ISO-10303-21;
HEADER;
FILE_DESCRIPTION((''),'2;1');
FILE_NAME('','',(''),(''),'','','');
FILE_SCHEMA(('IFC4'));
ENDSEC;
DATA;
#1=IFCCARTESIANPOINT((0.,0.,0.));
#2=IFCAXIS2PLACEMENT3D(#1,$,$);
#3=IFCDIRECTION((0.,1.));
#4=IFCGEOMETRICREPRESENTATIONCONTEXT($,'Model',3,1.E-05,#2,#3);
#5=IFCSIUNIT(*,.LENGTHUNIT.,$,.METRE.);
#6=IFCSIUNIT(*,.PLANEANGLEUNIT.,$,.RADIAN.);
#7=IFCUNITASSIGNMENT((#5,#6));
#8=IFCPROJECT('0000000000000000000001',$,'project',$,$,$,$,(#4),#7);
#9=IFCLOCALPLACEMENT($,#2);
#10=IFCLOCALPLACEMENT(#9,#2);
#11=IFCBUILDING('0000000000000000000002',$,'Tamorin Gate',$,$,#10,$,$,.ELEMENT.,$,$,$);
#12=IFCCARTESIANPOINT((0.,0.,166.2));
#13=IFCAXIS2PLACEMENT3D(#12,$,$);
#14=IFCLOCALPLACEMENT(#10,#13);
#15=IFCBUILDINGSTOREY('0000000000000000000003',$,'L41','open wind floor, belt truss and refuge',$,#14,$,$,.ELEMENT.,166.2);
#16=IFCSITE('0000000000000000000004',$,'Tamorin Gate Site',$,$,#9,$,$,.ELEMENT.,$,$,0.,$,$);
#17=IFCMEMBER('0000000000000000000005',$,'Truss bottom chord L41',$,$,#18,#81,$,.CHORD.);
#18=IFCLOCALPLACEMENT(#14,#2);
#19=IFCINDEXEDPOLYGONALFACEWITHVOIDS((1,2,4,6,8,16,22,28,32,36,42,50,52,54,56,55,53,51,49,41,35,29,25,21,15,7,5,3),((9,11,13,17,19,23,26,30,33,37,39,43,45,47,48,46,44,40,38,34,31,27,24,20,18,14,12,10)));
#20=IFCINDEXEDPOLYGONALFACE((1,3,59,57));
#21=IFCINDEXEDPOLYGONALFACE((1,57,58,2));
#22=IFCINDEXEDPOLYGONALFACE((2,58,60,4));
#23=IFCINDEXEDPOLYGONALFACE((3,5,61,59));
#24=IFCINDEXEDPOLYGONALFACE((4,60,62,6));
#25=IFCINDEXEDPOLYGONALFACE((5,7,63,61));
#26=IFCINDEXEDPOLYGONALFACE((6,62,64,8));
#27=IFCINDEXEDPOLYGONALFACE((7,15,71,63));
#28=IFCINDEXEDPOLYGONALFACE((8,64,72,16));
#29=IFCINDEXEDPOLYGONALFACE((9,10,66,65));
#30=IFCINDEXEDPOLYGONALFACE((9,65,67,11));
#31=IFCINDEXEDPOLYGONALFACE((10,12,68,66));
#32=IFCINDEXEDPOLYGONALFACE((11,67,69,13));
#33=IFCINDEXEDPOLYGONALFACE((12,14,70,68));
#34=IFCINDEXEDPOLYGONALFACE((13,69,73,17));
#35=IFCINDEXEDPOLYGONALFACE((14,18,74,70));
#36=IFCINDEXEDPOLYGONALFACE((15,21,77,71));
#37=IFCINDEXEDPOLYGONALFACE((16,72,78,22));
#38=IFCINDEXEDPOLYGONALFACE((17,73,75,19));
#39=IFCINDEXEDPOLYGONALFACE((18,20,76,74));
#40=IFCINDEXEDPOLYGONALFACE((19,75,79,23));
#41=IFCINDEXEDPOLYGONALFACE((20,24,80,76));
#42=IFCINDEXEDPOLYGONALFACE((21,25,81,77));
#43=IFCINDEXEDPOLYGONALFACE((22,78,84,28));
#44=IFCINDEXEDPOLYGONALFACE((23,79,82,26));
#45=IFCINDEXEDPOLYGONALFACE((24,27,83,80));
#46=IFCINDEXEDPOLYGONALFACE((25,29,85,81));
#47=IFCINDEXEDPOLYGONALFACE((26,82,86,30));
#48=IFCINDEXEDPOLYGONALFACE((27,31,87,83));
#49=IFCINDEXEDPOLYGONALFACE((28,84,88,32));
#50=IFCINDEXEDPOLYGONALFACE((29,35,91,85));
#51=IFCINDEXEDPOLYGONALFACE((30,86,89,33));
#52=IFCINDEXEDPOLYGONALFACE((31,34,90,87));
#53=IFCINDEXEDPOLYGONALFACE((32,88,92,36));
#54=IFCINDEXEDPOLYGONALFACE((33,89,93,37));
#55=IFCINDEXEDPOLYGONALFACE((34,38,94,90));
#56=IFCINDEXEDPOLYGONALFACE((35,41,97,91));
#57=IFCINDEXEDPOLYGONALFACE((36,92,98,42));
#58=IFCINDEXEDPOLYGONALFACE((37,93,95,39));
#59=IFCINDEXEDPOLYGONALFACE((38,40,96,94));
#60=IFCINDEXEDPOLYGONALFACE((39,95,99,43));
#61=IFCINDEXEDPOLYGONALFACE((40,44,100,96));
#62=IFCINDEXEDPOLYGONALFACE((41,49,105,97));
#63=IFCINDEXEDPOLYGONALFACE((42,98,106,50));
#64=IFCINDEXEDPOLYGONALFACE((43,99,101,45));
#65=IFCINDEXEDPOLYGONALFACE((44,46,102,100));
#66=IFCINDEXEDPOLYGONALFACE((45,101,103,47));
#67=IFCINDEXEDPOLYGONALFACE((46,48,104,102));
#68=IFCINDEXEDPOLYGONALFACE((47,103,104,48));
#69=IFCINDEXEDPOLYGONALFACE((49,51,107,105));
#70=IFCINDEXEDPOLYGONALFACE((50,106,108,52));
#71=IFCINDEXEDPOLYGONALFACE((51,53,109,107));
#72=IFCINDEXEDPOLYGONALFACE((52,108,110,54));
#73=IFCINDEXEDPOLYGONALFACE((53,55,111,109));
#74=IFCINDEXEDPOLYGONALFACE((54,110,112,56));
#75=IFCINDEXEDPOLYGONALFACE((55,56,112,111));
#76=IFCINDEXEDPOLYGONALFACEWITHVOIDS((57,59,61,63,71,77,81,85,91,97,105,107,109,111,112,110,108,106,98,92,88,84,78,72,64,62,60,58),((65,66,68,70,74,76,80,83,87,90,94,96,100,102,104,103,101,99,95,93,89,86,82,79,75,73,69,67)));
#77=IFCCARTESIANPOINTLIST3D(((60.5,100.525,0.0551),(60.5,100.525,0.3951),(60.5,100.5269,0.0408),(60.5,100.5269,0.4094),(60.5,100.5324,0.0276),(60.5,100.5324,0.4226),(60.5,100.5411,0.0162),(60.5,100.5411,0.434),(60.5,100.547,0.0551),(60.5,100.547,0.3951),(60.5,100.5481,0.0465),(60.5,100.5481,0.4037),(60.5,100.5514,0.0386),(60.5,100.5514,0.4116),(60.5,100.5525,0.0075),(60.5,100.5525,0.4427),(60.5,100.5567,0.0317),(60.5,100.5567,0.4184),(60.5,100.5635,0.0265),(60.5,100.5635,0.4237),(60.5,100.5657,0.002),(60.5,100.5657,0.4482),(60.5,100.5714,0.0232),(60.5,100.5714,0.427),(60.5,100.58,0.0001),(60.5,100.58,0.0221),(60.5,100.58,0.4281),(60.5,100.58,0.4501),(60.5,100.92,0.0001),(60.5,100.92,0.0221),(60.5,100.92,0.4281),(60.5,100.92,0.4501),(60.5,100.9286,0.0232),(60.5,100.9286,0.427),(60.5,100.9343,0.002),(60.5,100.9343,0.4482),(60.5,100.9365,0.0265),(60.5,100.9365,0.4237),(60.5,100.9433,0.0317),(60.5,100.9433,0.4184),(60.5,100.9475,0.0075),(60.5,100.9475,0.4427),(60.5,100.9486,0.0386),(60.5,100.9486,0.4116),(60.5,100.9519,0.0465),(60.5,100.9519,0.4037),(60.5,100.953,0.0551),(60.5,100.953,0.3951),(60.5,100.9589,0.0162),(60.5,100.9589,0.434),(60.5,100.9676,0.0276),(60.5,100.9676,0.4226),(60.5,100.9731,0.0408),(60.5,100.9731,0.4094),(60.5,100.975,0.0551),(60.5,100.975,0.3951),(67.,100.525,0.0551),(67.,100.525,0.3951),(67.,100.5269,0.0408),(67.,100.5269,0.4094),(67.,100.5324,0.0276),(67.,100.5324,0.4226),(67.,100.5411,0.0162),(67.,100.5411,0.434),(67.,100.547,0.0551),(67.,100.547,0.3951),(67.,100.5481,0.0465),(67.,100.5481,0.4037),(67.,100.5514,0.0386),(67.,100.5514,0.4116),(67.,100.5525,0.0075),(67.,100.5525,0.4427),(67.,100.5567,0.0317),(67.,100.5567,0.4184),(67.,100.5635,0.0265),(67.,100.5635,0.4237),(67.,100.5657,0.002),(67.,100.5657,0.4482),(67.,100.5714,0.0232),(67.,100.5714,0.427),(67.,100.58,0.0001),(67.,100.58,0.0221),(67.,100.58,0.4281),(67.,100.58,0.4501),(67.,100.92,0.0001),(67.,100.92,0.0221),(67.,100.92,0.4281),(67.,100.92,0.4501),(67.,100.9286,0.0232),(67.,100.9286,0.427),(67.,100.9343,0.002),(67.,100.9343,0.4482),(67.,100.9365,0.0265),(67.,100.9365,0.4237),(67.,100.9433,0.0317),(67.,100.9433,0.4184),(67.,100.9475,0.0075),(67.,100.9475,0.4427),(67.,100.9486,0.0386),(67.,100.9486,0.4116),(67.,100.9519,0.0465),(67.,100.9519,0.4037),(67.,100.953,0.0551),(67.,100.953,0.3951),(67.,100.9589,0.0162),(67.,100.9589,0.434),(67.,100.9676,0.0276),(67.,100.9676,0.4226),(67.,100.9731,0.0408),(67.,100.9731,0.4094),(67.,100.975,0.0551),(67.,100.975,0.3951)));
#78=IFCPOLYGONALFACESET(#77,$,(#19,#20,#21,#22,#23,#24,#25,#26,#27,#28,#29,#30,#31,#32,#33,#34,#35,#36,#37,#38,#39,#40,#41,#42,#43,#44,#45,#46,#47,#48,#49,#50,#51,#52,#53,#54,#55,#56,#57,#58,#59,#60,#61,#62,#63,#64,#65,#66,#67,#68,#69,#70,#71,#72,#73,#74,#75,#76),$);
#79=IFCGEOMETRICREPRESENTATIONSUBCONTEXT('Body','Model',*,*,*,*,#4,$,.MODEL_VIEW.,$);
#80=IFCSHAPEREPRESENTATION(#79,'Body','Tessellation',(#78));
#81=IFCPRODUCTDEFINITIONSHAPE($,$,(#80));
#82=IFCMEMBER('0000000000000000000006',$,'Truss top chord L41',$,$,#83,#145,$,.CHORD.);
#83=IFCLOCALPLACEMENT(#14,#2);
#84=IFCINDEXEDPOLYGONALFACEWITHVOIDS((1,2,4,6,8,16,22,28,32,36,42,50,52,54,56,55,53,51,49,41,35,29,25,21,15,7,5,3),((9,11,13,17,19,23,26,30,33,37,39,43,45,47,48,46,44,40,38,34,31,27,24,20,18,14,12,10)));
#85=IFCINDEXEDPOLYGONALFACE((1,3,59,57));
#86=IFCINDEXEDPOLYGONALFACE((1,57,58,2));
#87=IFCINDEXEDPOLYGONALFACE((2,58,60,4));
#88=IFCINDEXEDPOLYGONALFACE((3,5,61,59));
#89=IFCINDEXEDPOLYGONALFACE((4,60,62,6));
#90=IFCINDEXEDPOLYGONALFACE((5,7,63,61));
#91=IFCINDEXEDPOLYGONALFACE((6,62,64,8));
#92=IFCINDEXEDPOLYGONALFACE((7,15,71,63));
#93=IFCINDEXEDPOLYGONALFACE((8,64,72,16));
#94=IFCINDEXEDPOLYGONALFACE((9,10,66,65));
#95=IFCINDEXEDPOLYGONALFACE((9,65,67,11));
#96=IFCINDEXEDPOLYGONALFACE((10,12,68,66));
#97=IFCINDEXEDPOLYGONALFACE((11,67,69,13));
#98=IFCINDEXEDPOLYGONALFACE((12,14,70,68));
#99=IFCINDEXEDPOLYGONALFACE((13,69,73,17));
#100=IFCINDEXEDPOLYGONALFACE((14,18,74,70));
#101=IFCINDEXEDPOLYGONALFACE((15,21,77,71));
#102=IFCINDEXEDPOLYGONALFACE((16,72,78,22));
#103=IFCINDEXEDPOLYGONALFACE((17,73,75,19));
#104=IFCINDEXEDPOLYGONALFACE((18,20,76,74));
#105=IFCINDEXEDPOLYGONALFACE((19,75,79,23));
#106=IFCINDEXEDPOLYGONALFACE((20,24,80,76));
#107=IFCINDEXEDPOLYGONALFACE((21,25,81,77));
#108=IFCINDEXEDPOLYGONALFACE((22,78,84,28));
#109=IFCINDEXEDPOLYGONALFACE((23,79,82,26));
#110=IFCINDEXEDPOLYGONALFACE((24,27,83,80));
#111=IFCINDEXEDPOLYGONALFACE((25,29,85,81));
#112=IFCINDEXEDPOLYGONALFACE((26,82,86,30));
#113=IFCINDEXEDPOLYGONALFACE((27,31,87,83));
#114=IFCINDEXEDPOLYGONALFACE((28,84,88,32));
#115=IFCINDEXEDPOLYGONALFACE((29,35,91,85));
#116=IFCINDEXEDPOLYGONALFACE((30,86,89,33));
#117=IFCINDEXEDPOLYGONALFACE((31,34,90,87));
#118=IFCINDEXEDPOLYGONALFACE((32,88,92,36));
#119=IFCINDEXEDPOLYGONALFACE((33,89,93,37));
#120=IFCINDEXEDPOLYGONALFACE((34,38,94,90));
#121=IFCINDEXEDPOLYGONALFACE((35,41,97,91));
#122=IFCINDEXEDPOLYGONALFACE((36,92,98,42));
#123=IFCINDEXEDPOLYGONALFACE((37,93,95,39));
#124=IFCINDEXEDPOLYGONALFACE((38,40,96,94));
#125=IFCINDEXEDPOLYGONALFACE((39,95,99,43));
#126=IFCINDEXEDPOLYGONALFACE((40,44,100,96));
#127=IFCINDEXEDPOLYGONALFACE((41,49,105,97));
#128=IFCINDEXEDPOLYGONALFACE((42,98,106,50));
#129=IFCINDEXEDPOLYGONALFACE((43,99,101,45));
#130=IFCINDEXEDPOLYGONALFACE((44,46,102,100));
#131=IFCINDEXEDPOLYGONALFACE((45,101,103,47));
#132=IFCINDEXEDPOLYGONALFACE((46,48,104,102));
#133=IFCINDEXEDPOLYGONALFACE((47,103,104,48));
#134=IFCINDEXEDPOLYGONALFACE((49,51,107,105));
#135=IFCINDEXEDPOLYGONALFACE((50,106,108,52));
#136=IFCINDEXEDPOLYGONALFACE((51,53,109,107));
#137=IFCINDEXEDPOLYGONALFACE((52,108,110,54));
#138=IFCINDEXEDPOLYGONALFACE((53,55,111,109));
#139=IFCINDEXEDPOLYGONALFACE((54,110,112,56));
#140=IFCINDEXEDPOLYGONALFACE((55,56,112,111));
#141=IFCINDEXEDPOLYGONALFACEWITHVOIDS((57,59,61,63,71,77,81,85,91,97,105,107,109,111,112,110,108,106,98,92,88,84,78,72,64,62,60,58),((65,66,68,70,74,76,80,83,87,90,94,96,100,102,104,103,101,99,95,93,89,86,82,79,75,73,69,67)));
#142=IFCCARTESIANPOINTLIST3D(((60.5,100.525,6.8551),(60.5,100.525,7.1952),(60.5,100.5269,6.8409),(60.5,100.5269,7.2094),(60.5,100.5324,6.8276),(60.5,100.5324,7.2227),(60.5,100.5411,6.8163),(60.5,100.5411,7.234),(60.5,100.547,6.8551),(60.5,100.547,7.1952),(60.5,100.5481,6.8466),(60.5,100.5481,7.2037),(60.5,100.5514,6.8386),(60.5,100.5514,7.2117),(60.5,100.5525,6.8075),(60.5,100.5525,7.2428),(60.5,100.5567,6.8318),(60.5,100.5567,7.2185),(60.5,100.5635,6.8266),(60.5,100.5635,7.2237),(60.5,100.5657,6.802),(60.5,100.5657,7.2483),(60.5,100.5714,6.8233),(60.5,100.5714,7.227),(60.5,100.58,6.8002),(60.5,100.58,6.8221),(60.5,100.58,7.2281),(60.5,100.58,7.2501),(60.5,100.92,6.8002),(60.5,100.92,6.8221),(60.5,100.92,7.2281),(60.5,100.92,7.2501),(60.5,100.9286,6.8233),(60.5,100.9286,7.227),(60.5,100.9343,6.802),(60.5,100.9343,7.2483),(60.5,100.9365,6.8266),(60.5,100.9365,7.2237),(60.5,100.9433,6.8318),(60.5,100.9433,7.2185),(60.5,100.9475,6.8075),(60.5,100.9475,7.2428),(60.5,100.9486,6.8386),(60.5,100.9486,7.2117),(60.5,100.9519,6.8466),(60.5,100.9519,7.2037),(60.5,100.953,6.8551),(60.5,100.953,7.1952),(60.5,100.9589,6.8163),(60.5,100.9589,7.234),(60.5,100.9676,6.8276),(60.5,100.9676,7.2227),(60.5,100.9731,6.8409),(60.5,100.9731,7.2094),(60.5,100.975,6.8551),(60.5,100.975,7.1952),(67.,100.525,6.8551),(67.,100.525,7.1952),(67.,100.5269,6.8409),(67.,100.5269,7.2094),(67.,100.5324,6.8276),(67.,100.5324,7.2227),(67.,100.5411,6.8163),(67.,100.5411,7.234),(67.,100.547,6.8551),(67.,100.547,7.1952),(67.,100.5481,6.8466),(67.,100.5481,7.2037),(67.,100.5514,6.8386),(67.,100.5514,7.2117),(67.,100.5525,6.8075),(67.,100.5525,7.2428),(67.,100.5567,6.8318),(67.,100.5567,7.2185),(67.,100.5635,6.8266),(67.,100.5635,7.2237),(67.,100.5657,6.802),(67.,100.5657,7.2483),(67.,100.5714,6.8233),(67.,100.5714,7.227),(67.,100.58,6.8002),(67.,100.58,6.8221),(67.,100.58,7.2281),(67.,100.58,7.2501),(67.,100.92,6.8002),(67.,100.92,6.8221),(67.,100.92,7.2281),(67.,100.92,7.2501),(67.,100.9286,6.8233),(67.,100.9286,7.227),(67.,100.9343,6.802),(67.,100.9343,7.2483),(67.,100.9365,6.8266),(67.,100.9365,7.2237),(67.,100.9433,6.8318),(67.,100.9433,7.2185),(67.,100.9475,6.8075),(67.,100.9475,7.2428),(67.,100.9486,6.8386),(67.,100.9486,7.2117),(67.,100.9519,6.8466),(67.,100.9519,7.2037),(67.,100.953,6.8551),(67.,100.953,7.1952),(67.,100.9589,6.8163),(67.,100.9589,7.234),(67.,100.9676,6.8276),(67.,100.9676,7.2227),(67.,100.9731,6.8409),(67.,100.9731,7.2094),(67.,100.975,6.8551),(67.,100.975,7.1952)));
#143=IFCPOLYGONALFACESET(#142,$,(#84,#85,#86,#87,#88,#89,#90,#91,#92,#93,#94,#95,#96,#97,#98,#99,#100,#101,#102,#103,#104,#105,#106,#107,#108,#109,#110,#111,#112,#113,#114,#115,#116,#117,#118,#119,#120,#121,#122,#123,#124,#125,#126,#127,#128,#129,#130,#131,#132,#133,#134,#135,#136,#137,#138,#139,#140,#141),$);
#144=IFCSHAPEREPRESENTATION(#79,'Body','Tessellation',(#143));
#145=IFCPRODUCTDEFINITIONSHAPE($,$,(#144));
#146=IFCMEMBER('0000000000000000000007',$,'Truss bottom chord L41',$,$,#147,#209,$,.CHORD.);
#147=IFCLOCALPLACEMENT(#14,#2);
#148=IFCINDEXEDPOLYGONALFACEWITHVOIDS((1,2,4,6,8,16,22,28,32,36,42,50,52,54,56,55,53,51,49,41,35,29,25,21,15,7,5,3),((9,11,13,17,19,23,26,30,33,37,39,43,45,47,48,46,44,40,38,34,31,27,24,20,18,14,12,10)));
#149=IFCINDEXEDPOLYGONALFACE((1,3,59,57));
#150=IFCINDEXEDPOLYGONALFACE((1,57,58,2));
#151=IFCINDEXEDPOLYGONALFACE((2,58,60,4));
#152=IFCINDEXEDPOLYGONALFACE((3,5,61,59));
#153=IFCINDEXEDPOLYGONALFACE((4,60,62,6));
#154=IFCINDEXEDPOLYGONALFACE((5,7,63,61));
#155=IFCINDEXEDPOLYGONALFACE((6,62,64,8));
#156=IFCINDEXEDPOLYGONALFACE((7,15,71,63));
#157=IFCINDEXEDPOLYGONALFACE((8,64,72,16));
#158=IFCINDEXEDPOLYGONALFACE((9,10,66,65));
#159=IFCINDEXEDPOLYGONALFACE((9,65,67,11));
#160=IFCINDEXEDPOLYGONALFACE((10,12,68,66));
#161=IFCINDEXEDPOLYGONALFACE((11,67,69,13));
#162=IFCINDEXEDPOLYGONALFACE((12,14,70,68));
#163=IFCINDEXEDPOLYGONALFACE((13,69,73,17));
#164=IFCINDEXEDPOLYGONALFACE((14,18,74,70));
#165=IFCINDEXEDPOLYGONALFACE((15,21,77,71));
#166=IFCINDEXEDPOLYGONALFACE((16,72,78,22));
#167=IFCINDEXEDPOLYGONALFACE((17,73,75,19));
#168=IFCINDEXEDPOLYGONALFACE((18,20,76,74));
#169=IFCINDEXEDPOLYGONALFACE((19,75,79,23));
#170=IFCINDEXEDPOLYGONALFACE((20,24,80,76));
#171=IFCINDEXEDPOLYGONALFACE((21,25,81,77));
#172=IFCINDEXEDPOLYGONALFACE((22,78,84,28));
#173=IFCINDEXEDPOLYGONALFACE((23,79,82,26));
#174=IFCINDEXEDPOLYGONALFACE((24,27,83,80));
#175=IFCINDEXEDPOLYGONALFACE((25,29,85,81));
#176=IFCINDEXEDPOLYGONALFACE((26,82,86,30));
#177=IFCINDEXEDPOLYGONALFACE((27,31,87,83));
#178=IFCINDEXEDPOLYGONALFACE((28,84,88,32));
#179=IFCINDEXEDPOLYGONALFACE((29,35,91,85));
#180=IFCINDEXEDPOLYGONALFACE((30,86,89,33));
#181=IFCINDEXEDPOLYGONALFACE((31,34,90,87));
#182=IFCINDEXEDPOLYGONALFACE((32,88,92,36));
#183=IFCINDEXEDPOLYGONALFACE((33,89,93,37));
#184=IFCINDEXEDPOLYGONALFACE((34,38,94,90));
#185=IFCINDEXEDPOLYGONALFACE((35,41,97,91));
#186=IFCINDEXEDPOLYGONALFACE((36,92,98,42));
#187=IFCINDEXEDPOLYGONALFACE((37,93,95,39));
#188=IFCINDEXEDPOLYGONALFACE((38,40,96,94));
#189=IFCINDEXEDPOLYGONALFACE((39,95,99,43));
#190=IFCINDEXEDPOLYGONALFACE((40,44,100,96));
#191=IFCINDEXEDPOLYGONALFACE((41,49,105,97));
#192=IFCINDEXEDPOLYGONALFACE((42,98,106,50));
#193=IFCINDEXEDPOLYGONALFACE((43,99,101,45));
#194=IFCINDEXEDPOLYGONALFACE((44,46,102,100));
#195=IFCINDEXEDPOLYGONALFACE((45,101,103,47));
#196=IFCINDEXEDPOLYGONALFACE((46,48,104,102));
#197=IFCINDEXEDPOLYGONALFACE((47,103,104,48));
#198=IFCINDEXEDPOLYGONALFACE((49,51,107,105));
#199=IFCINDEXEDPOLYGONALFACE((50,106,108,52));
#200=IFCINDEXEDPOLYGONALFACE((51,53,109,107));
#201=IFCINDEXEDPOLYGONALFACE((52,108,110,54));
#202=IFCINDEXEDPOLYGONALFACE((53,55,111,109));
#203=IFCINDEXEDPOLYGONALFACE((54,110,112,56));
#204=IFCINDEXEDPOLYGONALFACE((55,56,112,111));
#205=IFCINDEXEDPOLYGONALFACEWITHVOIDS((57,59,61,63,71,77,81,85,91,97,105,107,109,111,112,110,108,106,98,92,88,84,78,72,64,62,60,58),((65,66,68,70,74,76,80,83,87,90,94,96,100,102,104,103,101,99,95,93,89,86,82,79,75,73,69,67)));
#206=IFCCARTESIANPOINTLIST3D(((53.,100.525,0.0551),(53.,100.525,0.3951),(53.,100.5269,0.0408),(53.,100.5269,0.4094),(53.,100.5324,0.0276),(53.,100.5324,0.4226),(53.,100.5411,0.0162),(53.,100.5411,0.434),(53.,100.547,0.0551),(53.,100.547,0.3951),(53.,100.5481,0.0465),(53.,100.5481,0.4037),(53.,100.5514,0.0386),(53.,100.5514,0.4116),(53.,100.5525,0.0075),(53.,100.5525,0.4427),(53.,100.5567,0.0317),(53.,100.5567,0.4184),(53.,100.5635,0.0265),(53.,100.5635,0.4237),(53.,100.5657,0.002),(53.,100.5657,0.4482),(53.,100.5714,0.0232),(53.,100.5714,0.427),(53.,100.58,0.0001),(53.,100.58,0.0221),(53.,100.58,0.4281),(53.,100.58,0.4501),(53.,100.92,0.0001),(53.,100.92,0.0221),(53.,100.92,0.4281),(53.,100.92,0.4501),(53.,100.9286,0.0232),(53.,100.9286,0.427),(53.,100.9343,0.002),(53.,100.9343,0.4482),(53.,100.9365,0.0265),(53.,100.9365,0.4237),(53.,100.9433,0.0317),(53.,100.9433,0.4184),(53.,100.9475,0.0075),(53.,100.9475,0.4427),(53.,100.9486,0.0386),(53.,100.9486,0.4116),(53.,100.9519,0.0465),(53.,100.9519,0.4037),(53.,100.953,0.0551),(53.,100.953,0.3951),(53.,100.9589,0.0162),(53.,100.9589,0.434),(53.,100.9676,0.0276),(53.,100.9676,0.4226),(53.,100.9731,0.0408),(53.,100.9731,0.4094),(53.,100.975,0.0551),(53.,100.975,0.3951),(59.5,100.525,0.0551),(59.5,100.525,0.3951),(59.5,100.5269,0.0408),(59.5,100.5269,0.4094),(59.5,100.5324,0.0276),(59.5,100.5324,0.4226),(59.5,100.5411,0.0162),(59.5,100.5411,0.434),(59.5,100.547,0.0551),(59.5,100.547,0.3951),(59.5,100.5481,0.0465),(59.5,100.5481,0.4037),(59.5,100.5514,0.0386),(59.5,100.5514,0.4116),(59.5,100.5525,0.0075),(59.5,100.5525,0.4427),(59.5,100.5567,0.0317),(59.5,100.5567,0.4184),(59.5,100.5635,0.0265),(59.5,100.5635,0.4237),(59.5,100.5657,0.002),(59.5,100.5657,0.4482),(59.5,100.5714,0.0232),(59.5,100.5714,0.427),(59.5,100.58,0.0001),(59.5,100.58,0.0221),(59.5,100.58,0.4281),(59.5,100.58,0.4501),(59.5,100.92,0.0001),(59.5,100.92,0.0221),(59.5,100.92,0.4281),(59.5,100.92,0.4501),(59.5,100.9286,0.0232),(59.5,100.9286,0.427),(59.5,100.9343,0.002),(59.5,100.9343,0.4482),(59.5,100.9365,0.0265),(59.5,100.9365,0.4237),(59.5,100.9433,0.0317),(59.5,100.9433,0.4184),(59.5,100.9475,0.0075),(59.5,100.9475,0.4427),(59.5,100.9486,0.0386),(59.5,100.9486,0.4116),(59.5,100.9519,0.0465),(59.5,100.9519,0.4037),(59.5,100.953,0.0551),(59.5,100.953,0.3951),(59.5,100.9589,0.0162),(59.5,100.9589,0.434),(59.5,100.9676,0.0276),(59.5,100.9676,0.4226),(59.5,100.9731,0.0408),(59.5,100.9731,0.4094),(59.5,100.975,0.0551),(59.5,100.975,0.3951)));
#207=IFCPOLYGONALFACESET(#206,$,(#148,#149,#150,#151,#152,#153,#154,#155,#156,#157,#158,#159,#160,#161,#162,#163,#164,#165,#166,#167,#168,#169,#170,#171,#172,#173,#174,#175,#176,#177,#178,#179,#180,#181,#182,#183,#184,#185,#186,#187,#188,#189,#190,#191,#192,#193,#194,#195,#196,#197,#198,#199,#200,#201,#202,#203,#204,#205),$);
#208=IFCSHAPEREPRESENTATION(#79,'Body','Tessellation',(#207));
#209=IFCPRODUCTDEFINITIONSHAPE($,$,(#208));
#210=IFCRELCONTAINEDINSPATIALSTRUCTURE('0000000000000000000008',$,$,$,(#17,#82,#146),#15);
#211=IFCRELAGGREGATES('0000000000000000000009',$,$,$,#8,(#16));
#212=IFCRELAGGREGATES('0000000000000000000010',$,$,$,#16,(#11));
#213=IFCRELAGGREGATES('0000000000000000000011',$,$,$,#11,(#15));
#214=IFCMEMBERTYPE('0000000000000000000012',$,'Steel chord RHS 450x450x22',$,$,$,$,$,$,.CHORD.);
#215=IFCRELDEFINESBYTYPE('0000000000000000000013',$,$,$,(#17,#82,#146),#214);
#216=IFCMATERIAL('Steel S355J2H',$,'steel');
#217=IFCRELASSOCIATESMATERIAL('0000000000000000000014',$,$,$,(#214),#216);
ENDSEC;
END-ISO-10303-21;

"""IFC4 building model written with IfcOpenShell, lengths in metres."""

from ifc_helpers import new_model, si_unit, direction, frame, origin, origin_2d, place, context, subcontext, project, spatial, hollow_rectangle, extrude, material, material_profile, profile_set, type_object, element, save


model = new_model("IFC4")

# Units and contexts
model_context = context("Model", 3, precision=1e-05, world=origin(), true_north=direction((0.0, 1.0)))
body_context = subcontext(model_context, "Body", "Model", "MODEL_VIEW")
ifc_project = project(units=[si_unit("LENGTHUNIT", "METRE"), si_unit("PLANEANGLEUNIT", "RADIAN")], contexts=[model_context])

# Site, building, storey
site_placement = place(None, origin())
site = spatial("IfcSite", under=ifc_project, at=site_placement, Name="Tamorin Gate Site", CompositionType="ELEMENT", RefElevation=0.0)
building_placement = place(site_placement, origin())
building = spatial("IfcBuilding", under=site, at=building_placement, Name="Tamorin Gate", CompositionType="ELEMENT")
storey_placement = place(building_placement, frame((0.0, 0.0, 166.2)))
storey = spatial("IfcBuildingStorey", under=building, at=storey_placement, Name="L41", Description="open wind floor, belt truss and refuge", CompositionType="ELEMENT", Elevation=166.2)

# Members
ifc_material_1 = material(Name="Steel S355J2H", Category="steel")
ifc_material_profile_1 = material_profile(ifc_material_1, hollow_rectangle(XDim=0.45, YDim=0.45, WallThickness=0.022, InnerFilletRadius=0.033, OuterFilletRadius=0.0549, at=origin_2d()), Name="RHS 450x450x22")
ifc_profile_set_1 = profile_set([ifc_material_profile_1], Name="Steel S355J2H")
member_type_1 = type_object("IfcMemberType", Name="Steel chord RHS 450x450x22", PredefinedType="CHORD", material=ifc_profile_set_1)
for number, where, z_axis, x_axis, name in (
    (1, (67.0, 100.75, 0.2251), (-1.0, 0.0, 0.0), (0.0, -1.0, 0.0), "Truss bottom chord L41"),
    (2, (67.0, 100.75, 7.0251), (-1.0, 0.0, 0.0), (0.0, -1.0, 0.0), "Truss top chord L41"),
    (3, (59.5, 100.75, 0.2251), (-1.0, 0.0, 0.0), (0.0, -1.0, 0.0), "Truss bottom chord L41"),
):
    element("IfcMember", number, at=place(storey_placement, frame(where, z_axis=z_axis, x_axis=x_axis)), inside=storey, type_object=member_type_1, Name=name, PredefinedType="CHORD", context=body_context, shape_type="SweptSolid", body=[
        extrude(hollow_rectangle(XDim=0.45, YDim=0.45, WallThickness=0.022, InnerFilletRadius=0.033, OuterFilletRadius=0.0549, at=origin_2d()), origin(), (0.0, 0.0, 1.0), 6.5),
    ])

save(model, "model.ifc")
